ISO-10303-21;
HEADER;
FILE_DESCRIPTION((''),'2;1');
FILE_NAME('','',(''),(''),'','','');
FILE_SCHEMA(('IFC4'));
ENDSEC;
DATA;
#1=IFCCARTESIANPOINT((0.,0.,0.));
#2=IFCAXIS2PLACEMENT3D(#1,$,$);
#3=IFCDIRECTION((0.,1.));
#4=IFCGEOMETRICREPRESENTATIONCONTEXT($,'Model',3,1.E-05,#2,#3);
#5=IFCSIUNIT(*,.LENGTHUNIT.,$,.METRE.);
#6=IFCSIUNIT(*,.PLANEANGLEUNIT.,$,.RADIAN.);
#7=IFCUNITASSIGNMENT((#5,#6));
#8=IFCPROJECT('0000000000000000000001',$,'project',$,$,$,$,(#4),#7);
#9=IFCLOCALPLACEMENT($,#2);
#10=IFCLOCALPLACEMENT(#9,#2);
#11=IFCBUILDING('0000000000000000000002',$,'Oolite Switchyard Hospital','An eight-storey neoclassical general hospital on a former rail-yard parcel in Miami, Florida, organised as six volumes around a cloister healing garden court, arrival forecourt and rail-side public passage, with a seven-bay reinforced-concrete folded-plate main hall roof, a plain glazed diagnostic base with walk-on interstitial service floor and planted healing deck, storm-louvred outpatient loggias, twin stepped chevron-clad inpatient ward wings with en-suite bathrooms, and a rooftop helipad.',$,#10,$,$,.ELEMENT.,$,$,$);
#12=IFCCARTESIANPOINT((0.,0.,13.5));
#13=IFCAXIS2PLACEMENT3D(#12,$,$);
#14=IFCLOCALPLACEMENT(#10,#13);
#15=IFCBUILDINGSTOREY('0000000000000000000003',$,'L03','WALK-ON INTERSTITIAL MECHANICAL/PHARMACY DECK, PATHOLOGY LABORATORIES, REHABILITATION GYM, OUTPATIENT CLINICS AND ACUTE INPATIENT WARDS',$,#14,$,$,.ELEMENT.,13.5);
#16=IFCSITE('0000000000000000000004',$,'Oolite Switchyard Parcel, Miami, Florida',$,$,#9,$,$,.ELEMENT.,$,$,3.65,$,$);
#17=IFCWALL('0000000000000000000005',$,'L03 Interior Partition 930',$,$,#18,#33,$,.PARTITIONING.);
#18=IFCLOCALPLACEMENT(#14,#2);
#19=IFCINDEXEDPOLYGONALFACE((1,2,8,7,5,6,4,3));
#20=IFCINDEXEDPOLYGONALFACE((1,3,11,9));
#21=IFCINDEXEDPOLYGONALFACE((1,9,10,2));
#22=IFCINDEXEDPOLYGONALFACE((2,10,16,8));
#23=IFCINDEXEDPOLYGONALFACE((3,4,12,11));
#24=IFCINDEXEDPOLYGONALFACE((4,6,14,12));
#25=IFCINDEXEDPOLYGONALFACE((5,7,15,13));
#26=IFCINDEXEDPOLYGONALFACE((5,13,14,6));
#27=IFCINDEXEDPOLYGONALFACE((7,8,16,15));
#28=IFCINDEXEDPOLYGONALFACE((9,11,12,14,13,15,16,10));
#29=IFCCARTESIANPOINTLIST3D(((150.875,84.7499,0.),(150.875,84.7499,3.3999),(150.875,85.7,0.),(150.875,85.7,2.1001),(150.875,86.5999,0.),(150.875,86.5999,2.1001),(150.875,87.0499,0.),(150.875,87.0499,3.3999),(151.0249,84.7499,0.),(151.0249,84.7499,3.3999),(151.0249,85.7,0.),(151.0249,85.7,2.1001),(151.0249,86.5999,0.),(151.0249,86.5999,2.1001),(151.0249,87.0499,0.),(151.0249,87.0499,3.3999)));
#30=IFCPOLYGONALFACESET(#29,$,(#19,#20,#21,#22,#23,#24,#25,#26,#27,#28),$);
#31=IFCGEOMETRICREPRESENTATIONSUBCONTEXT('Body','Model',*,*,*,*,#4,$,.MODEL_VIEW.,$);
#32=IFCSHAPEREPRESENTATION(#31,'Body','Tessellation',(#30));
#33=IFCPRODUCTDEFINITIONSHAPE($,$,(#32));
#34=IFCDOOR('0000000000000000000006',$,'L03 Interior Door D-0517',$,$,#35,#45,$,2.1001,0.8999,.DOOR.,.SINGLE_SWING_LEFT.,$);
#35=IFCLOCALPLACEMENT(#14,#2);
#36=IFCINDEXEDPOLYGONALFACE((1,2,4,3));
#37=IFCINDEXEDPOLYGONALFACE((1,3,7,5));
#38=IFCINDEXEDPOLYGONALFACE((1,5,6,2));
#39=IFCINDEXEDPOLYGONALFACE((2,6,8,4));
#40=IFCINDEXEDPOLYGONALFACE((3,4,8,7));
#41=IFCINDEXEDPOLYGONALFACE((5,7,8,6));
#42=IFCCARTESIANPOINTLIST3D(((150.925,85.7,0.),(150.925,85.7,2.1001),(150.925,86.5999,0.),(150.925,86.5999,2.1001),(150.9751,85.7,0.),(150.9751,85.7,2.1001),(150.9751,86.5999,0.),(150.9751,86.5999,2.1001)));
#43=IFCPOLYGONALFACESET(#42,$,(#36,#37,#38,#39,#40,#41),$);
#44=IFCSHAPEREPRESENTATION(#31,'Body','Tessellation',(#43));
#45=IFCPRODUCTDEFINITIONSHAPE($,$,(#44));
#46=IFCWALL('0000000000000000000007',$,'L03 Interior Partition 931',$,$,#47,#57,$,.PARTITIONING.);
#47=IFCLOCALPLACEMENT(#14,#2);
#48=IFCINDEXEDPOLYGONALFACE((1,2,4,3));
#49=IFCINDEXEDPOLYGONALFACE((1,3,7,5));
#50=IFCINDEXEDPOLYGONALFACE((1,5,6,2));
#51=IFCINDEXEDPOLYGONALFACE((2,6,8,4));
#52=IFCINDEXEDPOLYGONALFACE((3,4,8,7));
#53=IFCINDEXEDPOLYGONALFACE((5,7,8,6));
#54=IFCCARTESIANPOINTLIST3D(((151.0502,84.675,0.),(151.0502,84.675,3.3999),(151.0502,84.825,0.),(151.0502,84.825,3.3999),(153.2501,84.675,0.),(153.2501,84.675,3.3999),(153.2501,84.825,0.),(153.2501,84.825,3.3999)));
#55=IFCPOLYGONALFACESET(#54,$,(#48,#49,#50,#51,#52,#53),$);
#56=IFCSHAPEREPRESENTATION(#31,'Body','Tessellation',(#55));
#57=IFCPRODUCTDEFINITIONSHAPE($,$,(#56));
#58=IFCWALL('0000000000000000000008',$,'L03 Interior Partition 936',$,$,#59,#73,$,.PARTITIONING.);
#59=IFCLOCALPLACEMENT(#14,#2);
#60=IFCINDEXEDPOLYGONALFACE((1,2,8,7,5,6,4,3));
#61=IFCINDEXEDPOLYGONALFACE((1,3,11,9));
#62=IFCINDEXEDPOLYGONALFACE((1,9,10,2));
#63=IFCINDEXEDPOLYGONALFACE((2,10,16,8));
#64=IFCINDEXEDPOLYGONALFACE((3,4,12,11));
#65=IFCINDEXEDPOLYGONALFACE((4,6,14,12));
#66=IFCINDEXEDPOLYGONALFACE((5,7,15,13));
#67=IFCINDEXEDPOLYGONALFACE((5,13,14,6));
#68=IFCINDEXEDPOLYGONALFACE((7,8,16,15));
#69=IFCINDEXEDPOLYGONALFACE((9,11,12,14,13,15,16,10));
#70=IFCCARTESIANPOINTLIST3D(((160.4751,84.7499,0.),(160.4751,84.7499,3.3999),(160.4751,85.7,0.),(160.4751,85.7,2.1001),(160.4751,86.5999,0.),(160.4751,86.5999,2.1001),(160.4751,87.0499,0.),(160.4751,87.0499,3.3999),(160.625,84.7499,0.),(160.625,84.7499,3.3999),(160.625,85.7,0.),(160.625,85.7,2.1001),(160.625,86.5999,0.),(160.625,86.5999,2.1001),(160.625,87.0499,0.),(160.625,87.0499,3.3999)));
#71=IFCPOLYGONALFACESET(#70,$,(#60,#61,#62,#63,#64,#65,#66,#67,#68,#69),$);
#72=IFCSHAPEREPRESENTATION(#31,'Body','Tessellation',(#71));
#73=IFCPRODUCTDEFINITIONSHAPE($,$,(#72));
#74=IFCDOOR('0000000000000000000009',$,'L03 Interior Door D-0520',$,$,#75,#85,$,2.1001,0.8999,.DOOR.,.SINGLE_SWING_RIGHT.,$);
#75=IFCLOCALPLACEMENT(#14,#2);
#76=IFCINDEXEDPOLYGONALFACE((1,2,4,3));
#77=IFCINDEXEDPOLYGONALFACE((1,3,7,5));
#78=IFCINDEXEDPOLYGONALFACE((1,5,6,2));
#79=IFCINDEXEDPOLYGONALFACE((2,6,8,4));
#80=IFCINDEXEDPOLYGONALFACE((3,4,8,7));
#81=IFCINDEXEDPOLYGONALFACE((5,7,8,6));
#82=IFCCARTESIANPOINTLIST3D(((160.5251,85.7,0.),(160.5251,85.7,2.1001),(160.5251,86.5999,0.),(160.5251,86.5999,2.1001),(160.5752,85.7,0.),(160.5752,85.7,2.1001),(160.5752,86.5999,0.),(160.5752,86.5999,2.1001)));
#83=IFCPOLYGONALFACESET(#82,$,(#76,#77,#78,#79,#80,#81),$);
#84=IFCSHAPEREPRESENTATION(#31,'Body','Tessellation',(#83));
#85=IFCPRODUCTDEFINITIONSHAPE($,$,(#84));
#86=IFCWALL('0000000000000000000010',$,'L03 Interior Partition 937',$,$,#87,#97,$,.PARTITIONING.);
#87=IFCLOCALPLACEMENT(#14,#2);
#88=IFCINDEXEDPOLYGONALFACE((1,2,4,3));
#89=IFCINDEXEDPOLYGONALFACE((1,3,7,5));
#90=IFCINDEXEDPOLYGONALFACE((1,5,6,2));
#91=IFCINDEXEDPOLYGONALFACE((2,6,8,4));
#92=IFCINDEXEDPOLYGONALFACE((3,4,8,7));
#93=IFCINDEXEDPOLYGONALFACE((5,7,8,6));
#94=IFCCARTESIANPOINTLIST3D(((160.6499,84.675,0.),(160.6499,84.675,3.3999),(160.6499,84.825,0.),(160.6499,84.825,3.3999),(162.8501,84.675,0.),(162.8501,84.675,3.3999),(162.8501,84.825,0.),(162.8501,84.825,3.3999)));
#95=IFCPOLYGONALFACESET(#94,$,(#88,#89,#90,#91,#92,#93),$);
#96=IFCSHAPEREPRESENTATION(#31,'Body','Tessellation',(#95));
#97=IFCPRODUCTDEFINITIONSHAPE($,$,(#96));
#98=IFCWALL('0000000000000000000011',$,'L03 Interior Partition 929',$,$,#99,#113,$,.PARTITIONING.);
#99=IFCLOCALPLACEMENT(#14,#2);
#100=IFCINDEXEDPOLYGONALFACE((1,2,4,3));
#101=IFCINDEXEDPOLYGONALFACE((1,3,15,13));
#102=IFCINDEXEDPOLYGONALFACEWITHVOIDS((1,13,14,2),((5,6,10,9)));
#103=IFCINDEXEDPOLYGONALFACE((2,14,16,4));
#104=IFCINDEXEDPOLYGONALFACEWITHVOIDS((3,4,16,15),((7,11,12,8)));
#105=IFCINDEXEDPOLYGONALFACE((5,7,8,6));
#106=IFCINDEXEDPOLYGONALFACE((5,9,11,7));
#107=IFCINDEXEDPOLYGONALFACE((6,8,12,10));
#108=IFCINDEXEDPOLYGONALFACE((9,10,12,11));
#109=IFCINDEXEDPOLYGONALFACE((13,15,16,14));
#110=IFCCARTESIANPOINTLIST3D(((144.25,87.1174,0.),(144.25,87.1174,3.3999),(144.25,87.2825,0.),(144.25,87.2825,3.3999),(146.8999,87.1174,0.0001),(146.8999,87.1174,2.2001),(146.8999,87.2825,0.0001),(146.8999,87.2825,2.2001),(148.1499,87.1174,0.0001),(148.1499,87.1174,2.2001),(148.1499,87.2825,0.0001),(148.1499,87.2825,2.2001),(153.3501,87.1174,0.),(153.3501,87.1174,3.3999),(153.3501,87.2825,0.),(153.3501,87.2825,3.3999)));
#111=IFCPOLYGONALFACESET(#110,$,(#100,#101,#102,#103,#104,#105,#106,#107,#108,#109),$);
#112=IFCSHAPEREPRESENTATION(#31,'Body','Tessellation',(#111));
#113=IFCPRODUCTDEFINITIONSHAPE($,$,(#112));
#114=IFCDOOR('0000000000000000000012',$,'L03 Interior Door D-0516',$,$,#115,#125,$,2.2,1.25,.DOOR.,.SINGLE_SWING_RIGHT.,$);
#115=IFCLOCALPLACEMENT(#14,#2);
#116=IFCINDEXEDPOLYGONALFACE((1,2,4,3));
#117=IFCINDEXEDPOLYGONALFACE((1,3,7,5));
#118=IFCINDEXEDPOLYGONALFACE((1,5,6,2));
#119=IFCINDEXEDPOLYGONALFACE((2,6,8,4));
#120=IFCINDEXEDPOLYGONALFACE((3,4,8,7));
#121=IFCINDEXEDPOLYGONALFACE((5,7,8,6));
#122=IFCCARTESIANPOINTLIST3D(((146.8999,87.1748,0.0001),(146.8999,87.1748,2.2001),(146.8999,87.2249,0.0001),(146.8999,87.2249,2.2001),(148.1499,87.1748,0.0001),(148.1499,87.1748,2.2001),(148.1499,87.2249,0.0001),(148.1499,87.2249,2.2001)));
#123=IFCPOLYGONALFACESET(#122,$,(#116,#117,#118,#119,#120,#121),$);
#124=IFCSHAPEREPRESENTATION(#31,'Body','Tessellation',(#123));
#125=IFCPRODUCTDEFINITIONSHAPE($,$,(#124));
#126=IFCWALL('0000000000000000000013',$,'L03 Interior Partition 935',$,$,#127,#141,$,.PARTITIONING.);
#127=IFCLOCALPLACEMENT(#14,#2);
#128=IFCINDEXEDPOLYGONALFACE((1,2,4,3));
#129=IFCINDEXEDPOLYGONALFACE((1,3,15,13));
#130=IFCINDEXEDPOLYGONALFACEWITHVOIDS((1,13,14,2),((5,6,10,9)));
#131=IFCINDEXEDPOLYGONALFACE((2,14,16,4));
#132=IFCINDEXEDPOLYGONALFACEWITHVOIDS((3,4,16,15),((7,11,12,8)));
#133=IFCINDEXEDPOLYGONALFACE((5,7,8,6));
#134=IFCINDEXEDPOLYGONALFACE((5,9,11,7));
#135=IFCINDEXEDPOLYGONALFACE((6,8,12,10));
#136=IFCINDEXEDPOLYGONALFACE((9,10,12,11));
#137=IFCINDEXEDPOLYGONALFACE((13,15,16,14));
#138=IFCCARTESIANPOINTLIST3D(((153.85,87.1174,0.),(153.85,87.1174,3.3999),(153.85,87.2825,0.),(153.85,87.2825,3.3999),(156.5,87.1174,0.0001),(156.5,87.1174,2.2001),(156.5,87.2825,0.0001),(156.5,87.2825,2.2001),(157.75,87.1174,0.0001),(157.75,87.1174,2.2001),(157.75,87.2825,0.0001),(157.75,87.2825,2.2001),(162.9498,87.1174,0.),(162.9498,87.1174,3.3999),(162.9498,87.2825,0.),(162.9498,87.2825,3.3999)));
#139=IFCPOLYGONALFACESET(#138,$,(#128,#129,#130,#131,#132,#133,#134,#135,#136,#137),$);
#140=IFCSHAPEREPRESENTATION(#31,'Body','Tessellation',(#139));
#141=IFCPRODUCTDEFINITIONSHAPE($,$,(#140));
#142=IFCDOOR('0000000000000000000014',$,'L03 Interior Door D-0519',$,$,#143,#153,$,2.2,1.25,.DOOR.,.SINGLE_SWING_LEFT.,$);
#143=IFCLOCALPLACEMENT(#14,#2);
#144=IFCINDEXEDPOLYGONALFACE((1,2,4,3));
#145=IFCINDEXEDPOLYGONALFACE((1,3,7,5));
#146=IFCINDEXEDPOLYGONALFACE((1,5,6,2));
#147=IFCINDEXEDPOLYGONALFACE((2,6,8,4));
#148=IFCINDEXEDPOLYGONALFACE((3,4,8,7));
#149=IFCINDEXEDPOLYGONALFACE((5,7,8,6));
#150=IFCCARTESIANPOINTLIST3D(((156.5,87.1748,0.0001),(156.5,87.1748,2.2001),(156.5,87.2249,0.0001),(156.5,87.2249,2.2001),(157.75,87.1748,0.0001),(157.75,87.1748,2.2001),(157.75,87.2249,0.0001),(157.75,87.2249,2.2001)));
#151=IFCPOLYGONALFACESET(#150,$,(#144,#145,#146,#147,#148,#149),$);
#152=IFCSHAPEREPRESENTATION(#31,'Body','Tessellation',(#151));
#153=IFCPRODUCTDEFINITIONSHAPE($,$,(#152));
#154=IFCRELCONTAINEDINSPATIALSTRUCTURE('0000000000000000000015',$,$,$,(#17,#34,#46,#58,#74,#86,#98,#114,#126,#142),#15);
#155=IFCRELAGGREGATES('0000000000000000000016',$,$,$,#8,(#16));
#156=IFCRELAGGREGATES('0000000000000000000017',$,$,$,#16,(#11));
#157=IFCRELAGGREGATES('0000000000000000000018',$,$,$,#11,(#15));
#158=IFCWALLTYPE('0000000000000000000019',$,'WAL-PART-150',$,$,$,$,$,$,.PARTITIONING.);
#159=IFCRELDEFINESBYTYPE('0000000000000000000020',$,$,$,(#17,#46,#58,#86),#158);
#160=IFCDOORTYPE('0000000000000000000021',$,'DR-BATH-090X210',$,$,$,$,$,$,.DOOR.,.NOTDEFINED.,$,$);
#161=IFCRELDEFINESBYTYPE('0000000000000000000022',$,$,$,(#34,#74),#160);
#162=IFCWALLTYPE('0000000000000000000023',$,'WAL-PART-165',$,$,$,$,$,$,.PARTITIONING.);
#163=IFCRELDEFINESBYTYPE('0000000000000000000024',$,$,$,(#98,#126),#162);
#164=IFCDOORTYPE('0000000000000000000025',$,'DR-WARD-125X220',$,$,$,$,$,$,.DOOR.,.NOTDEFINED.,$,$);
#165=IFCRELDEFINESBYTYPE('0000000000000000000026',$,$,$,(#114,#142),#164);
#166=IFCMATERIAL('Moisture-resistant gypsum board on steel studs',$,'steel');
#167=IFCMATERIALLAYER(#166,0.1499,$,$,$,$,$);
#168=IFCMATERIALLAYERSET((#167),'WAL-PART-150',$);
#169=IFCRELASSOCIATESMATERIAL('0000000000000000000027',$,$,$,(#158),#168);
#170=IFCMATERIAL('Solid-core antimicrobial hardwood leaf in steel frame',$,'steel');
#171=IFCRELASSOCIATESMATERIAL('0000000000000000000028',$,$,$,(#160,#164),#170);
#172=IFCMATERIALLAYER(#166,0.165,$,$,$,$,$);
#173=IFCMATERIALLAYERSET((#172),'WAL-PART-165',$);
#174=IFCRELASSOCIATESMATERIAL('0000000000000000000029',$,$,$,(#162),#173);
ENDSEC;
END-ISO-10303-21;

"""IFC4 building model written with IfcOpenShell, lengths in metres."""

from ifc_helpers import new_model, si_unit, direction, frame, frame_2d, origin, place, context, subcontext, project, spatial, rectangle, extrude, material, layer, layer_set, type_object, element, fill, save


model = new_model("IFC4")

# Units and contexts
model_context = context("Model", 3, precision=1e-05, world=origin(), true_north=direction((0.0, 1.0)))
body_context = subcontext(model_context, "Body", "Model", "MODEL_VIEW")
ifc_project = project(units=[si_unit("LENGTHUNIT", "METRE"), si_unit("PLANEANGLEUNIT", "RADIAN")], contexts=[model_context])

# Site, building, storey
site_placement = place(None, origin())
site = spatial("IfcSite", under=ifc_project, at=site_placement, Name="Oolite Switchyard Parcel, Miami, Florida", CompositionType="ELEMENT", RefElevation=3.65)
building_placement = place(site_placement, origin())
building = spatial("IfcBuilding", under=site, at=building_placement, Name="Oolite Switchyard Hospital", Description="An eight-storey neoclassical general hospital on a former rail-yard parcel in Miami, Florida, organised as six volumes around a cloister healing garden court, arrival forecourt and rail-side public passage, with a seven-bay reinforced-concrete folded-plate main hall roof, a plain glazed diagnostic base with walk-on interstitial service floor and planted healing deck, storm-louvred outpatient loggias, twin stepped chevron-clad inpatient ward wings with en-suite bathrooms, and a rooftop helipad.", CompositionType="ELEMENT")
storey_placement = place(building_placement, frame((0.0, 0.0, 13.5)))
storey = spatial("IfcBuildingStorey", under=building, at=storey_placement, Name="L03", Description="WALK-ON INTERSTITIAL MECHANICAL/PHARMACY DECK, PATHOLOGY LABORATORIES, REHABILITATION GYM, OUTPATIENT CLINICS AND ACUTE INPATIENT WARDS", CompositionType="ELEMENT", Elevation=13.5)

# Shared definitions
ifc_material_1 = material(Name="Moisture-resistant gypsum board on steel studs", Category="steel")

# Wall, opening, door
ifc_layer_1 = layer(ifc_material_1, 0.1499)
ifc_layer_set_1 = layer_set([ifc_layer_1], Name="WAL-PART-150")
wall_type_1 = type_object("IfcWallType", Name="WAL-PART-150", PredefinedType="PARTITIONING", material=ifc_layer_set_1)
wall_1_placement = place(storey_placement, frame((150.95, 84.75, 0.0), z_axis=(0.0, 0.0, 1.0), x_axis=(0.0, 1.0, 0.0)))
wall_1 = element("IfcWall", 1, at=wall_1_placement, inside=storey, type_object=wall_type_1, Name="L03 Interior Partition 930", PredefinedType="PARTITIONING", context=body_context, shape_type="SweptSolid", body=[
    extrude(rectangle(XDim=2.3, YDim=0.1499, at=frame_2d((1.1499, 0.0))), origin(), (0.0, 0.0, 1.0), 3.3999),
])
opening_1_placement = place(wall_1_placement, frame((0.95, 0.0, 0.0)))
opening_1 = element("IfcOpeningElement", 2, at=opening_1_placement, cuts=wall_1, PredefinedType="OPENING", context=body_context, shape_type="SweptSolid", body=[
    extrude(rectangle(XDim=0.8999, YDim=2.1001, at=frame_2d((0.45, 1.05))), frame((0.0, 0.085, 0.0), z_axis=(0.0, -1.0, 0.0), x_axis=(1.0, 0.0, 0.0)), (0.0, 0.0, 1.0), 0.1699),
])
ifc_material_2 = material(Name="Solid-core antimicrobial hardwood leaf in steel frame", Category="steel")
door_type_1 = type_object("IfcDoorType", Name="DR-BATH-090X210", OperationType="NOTDEFINED", PredefinedType="DOOR", material=ifc_material_2)
door_1_placement = place(opening_1_placement, origin())
door_1 = element("IfcDoor", 3, at=door_1_placement, inside=storey, type_object=door_type_1, Name="L03 Interior Door D-0517", OperationType="SINGLE_SWING_LEFT", OverallHeight=2.1001, OverallWidth=0.8999, PredefinedType="DOOR", context=body_context, shape_type="SweptSolid", body=[
    extrude(rectangle(XDim=0.8999, YDim=2.1001, at=frame_2d((0.45, 1.05))), frame((0.0, 0.0249, 0.0), z_axis=(0.0, -1.0, 0.0), x_axis=(1.0, 0.0, 0.0)), (0.0, 0.0, 1.0), 0.05),
])
fill(opening_1, door_1)

# Wall
wall_2_placement = place(storey_placement, frame((151.05, 84.75, 0.0), z_axis=(0.0, 0.0, 1.0), x_axis=(1.0, 0.0, 0.0)))
element("IfcWall", 4, at=wall_2_placement, inside=storey, type_object=wall_type_1, Name="L03 Interior Partition 931", PredefinedType="PARTITIONING", context=body_context, shape_type="SweptSolid", body=[
    extrude(rectangle(XDim=2.2, YDim=0.1499, at=frame_2d((1.1001, 0.0))), origin(), (0.0, 0.0, 1.0), 3.3999),
])

# Wall, opening, door
wall_3_placement = place(storey_placement, frame((160.55, 84.75, 0.0), z_axis=(0.0, 0.0, 1.0), x_axis=(0.0, 1.0, 0.0)))
wall_3 = element("IfcWall", 5, at=wall_3_placement, inside=storey, type_object=wall_type_1, Name="L03 Interior Partition 936", PredefinedType="PARTITIONING", context=body_context, shape_type="SweptSolid", body=[
    extrude(rectangle(XDim=2.3, YDim=0.1499, at=frame_2d((1.1499, 0.0))), origin(), (0.0, 0.0, 1.0), 3.3999),
])
opening_2_placement = place(wall_3_placement, frame((0.95, 0.0, 0.0)))
opening_2 = element("IfcOpeningElement", 6, at=opening_2_placement, cuts=wall_3, PredefinedType="OPENING", context=body_context, shape_type="SweptSolid", body=[
    extrude(rectangle(XDim=0.8999, YDim=2.1001, at=frame_2d((0.45, 1.05))), frame((0.0, 0.085, 0.0), z_axis=(0.0, -1.0, 0.0), x_axis=(1.0, 0.0, 0.0)), (0.0, 0.0, 1.0), 0.1699),
])
door_2_placement = place(opening_2_placement, origin())
door_2 = element("IfcDoor", 7, at=door_2_placement, inside=storey, type_object=door_type_1, Name="L03 Interior Door D-0520", OperationType="SINGLE_SWING_RIGHT", OverallHeight=2.1001, OverallWidth=0.8999, PredefinedType="DOOR", context=body_context, shape_type="SweptSolid", body=[
    extrude(rectangle(XDim=0.8999, YDim=2.1001, at=frame_2d((0.45, 1.05))), frame((0.0, 0.0249, 0.0), z_axis=(0.0, -1.0, 0.0), x_axis=(1.0, 0.0, 0.0)), (0.0, 0.0, 1.0), 0.05),
])
fill(opening_2, door_2)

# Wall
wall_4_placement = place(storey_placement, frame((160.6499, 84.75, 0.0), z_axis=(0.0, 0.0, 1.0), x_axis=(1.0, 0.0, 0.0)))
element("IfcWall", 8, at=wall_4_placement, inside=storey, type_object=wall_type_1, Name="L03 Interior Partition 937", PredefinedType="PARTITIONING", context=body_context, shape_type="SweptSolid", body=[
    extrude(rectangle(XDim=2.2002, YDim=0.1499, at=frame_2d((1.1001, 0.0))), origin(), (0.0, 0.0, 1.0), 3.3999),
])

# Walls, openings, doors
ifc_layer_2 = layer(ifc_material_1, 0.165)
ifc_layer_set_2 = layer_set([ifc_layer_2], Name="WAL-PART-165")
wall_type_2 = type_object("IfcWallType", Name="WAL-PART-165", PredefinedType="PARTITIONING", material=ifc_layer_set_2)
wall_5_placement = place(storey_placement, frame((144.25, 87.2, 0.0), z_axis=(0.0, 0.0, 1.0), x_axis=(1.0, 0.0, 0.0)))
wall_5 = element("IfcWall", 9, at=wall_5_placement, inside=storey, type_object=wall_type_2, Name="L03 Interior Partition 929", PredefinedType="PARTITIONING", context=body_context, shape_type="SweptSolid", body=[
    extrude(rectangle(XDim=9.1001, YDim=0.165, at=frame_2d((4.55, 0.0))), origin(), (0.0, 0.0, 1.0), 3.3999),
])
opening_3_placement = place(wall_5_placement, frame((2.6499, 0.0, 0.0)))
opening_3 = element("IfcOpeningElement", 10, at=opening_3_placement, cuts=wall_5, PredefinedType="OPENING", context=body_context, shape_type="SweptSolid", body=[
    extrude(rectangle(XDim=1.25, YDim=2.2, at=frame_2d((0.625, 1.1001))), frame((0.0, 0.0925, 0.0), z_axis=(0.0, -1.0, 0.0), x_axis=(1.0, 0.0, 0.0)), (0.0, 0.0, 1.0), 0.1851),
])
door_type_2 = type_object("IfcDoorType", Name="DR-WARD-125X220", OperationType="NOTDEFINED", PredefinedType="DOOR", material=ifc_material_2)
door_3_placement = place(opening_3_placement, origin())
door_3 = element("IfcDoor", 11, at=door_3_placement, inside=storey, type_object=door_type_2, Name="L03 Interior Door D-0516", OperationType="SINGLE_SWING_RIGHT", OverallHeight=2.2, OverallWidth=1.25, PredefinedType="DOOR", context=body_context, shape_type="SweptSolid", body=[
    extrude(rectangle(XDim=1.25, YDim=2.2, at=frame_2d((0.625, 1.1001))), frame((0.0, 0.0249, 0.0), z_axis=(0.0, -1.0, 0.0), x_axis=(1.0, 0.0, 0.0)), (0.0, 0.0, 1.0), 0.05),
])
fill(opening_3, door_3)
wall_6_placement = place(storey_placement, frame((153.8501, 87.2, 0.0), z_axis=(0.0, 0.0, 1.0), x_axis=(1.0, 0.0, 0.0)))
wall_6 = element("IfcWall", 12, at=wall_6_placement, inside=storey, type_object=wall_type_2, Name="L03 Interior Partition 935", PredefinedType="PARTITIONING", context=body_context, shape_type="SweptSolid", body=[
    extrude(rectangle(XDim=9.0999, YDim=0.165, at=frame_2d((4.5498, 0.0))), origin(), (0.0, 0.0, 1.0), 3.3999),
])
opening_4_placement = place(wall_6_placement, frame((2.6499, 0.0, 0.0)))
opening_4 = element("IfcOpeningElement", 13, at=opening_4_placement, cuts=wall_6, PredefinedType="OPENING", context=body_context, shape_type="SweptSolid", body=[
    extrude(rectangle(XDim=1.25, YDim=2.2, at=frame_2d((0.625, 1.1001))), frame((0.0, 0.0925, 0.0), z_axis=(0.0, -1.0, 0.0), x_axis=(1.0, 0.0, 0.0)), (0.0, 0.0, 1.0), 0.1851),
])
door_4_placement = place(opening_4_placement, origin())
door_4 = element("IfcDoor", 14, at=door_4_placement, inside=storey, type_object=door_type_2, Name="L03 Interior Door D-0519", OperationType="SINGLE_SWING_LEFT", OverallHeight=2.2, OverallWidth=1.25, PredefinedType="DOOR", context=body_context, shape_type="SweptSolid", body=[
    extrude(rectangle(XDim=1.25, YDim=2.2, at=frame_2d((0.625, 1.1001))), frame((0.0, 0.0249, 0.0), z_axis=(0.0, -1.0, 0.0), x_axis=(1.0, 0.0, 0.0)), (0.0, 0.0, 1.0), 0.05),
])
fill(opening_4, door_4)

save(model, "model.ifc")
